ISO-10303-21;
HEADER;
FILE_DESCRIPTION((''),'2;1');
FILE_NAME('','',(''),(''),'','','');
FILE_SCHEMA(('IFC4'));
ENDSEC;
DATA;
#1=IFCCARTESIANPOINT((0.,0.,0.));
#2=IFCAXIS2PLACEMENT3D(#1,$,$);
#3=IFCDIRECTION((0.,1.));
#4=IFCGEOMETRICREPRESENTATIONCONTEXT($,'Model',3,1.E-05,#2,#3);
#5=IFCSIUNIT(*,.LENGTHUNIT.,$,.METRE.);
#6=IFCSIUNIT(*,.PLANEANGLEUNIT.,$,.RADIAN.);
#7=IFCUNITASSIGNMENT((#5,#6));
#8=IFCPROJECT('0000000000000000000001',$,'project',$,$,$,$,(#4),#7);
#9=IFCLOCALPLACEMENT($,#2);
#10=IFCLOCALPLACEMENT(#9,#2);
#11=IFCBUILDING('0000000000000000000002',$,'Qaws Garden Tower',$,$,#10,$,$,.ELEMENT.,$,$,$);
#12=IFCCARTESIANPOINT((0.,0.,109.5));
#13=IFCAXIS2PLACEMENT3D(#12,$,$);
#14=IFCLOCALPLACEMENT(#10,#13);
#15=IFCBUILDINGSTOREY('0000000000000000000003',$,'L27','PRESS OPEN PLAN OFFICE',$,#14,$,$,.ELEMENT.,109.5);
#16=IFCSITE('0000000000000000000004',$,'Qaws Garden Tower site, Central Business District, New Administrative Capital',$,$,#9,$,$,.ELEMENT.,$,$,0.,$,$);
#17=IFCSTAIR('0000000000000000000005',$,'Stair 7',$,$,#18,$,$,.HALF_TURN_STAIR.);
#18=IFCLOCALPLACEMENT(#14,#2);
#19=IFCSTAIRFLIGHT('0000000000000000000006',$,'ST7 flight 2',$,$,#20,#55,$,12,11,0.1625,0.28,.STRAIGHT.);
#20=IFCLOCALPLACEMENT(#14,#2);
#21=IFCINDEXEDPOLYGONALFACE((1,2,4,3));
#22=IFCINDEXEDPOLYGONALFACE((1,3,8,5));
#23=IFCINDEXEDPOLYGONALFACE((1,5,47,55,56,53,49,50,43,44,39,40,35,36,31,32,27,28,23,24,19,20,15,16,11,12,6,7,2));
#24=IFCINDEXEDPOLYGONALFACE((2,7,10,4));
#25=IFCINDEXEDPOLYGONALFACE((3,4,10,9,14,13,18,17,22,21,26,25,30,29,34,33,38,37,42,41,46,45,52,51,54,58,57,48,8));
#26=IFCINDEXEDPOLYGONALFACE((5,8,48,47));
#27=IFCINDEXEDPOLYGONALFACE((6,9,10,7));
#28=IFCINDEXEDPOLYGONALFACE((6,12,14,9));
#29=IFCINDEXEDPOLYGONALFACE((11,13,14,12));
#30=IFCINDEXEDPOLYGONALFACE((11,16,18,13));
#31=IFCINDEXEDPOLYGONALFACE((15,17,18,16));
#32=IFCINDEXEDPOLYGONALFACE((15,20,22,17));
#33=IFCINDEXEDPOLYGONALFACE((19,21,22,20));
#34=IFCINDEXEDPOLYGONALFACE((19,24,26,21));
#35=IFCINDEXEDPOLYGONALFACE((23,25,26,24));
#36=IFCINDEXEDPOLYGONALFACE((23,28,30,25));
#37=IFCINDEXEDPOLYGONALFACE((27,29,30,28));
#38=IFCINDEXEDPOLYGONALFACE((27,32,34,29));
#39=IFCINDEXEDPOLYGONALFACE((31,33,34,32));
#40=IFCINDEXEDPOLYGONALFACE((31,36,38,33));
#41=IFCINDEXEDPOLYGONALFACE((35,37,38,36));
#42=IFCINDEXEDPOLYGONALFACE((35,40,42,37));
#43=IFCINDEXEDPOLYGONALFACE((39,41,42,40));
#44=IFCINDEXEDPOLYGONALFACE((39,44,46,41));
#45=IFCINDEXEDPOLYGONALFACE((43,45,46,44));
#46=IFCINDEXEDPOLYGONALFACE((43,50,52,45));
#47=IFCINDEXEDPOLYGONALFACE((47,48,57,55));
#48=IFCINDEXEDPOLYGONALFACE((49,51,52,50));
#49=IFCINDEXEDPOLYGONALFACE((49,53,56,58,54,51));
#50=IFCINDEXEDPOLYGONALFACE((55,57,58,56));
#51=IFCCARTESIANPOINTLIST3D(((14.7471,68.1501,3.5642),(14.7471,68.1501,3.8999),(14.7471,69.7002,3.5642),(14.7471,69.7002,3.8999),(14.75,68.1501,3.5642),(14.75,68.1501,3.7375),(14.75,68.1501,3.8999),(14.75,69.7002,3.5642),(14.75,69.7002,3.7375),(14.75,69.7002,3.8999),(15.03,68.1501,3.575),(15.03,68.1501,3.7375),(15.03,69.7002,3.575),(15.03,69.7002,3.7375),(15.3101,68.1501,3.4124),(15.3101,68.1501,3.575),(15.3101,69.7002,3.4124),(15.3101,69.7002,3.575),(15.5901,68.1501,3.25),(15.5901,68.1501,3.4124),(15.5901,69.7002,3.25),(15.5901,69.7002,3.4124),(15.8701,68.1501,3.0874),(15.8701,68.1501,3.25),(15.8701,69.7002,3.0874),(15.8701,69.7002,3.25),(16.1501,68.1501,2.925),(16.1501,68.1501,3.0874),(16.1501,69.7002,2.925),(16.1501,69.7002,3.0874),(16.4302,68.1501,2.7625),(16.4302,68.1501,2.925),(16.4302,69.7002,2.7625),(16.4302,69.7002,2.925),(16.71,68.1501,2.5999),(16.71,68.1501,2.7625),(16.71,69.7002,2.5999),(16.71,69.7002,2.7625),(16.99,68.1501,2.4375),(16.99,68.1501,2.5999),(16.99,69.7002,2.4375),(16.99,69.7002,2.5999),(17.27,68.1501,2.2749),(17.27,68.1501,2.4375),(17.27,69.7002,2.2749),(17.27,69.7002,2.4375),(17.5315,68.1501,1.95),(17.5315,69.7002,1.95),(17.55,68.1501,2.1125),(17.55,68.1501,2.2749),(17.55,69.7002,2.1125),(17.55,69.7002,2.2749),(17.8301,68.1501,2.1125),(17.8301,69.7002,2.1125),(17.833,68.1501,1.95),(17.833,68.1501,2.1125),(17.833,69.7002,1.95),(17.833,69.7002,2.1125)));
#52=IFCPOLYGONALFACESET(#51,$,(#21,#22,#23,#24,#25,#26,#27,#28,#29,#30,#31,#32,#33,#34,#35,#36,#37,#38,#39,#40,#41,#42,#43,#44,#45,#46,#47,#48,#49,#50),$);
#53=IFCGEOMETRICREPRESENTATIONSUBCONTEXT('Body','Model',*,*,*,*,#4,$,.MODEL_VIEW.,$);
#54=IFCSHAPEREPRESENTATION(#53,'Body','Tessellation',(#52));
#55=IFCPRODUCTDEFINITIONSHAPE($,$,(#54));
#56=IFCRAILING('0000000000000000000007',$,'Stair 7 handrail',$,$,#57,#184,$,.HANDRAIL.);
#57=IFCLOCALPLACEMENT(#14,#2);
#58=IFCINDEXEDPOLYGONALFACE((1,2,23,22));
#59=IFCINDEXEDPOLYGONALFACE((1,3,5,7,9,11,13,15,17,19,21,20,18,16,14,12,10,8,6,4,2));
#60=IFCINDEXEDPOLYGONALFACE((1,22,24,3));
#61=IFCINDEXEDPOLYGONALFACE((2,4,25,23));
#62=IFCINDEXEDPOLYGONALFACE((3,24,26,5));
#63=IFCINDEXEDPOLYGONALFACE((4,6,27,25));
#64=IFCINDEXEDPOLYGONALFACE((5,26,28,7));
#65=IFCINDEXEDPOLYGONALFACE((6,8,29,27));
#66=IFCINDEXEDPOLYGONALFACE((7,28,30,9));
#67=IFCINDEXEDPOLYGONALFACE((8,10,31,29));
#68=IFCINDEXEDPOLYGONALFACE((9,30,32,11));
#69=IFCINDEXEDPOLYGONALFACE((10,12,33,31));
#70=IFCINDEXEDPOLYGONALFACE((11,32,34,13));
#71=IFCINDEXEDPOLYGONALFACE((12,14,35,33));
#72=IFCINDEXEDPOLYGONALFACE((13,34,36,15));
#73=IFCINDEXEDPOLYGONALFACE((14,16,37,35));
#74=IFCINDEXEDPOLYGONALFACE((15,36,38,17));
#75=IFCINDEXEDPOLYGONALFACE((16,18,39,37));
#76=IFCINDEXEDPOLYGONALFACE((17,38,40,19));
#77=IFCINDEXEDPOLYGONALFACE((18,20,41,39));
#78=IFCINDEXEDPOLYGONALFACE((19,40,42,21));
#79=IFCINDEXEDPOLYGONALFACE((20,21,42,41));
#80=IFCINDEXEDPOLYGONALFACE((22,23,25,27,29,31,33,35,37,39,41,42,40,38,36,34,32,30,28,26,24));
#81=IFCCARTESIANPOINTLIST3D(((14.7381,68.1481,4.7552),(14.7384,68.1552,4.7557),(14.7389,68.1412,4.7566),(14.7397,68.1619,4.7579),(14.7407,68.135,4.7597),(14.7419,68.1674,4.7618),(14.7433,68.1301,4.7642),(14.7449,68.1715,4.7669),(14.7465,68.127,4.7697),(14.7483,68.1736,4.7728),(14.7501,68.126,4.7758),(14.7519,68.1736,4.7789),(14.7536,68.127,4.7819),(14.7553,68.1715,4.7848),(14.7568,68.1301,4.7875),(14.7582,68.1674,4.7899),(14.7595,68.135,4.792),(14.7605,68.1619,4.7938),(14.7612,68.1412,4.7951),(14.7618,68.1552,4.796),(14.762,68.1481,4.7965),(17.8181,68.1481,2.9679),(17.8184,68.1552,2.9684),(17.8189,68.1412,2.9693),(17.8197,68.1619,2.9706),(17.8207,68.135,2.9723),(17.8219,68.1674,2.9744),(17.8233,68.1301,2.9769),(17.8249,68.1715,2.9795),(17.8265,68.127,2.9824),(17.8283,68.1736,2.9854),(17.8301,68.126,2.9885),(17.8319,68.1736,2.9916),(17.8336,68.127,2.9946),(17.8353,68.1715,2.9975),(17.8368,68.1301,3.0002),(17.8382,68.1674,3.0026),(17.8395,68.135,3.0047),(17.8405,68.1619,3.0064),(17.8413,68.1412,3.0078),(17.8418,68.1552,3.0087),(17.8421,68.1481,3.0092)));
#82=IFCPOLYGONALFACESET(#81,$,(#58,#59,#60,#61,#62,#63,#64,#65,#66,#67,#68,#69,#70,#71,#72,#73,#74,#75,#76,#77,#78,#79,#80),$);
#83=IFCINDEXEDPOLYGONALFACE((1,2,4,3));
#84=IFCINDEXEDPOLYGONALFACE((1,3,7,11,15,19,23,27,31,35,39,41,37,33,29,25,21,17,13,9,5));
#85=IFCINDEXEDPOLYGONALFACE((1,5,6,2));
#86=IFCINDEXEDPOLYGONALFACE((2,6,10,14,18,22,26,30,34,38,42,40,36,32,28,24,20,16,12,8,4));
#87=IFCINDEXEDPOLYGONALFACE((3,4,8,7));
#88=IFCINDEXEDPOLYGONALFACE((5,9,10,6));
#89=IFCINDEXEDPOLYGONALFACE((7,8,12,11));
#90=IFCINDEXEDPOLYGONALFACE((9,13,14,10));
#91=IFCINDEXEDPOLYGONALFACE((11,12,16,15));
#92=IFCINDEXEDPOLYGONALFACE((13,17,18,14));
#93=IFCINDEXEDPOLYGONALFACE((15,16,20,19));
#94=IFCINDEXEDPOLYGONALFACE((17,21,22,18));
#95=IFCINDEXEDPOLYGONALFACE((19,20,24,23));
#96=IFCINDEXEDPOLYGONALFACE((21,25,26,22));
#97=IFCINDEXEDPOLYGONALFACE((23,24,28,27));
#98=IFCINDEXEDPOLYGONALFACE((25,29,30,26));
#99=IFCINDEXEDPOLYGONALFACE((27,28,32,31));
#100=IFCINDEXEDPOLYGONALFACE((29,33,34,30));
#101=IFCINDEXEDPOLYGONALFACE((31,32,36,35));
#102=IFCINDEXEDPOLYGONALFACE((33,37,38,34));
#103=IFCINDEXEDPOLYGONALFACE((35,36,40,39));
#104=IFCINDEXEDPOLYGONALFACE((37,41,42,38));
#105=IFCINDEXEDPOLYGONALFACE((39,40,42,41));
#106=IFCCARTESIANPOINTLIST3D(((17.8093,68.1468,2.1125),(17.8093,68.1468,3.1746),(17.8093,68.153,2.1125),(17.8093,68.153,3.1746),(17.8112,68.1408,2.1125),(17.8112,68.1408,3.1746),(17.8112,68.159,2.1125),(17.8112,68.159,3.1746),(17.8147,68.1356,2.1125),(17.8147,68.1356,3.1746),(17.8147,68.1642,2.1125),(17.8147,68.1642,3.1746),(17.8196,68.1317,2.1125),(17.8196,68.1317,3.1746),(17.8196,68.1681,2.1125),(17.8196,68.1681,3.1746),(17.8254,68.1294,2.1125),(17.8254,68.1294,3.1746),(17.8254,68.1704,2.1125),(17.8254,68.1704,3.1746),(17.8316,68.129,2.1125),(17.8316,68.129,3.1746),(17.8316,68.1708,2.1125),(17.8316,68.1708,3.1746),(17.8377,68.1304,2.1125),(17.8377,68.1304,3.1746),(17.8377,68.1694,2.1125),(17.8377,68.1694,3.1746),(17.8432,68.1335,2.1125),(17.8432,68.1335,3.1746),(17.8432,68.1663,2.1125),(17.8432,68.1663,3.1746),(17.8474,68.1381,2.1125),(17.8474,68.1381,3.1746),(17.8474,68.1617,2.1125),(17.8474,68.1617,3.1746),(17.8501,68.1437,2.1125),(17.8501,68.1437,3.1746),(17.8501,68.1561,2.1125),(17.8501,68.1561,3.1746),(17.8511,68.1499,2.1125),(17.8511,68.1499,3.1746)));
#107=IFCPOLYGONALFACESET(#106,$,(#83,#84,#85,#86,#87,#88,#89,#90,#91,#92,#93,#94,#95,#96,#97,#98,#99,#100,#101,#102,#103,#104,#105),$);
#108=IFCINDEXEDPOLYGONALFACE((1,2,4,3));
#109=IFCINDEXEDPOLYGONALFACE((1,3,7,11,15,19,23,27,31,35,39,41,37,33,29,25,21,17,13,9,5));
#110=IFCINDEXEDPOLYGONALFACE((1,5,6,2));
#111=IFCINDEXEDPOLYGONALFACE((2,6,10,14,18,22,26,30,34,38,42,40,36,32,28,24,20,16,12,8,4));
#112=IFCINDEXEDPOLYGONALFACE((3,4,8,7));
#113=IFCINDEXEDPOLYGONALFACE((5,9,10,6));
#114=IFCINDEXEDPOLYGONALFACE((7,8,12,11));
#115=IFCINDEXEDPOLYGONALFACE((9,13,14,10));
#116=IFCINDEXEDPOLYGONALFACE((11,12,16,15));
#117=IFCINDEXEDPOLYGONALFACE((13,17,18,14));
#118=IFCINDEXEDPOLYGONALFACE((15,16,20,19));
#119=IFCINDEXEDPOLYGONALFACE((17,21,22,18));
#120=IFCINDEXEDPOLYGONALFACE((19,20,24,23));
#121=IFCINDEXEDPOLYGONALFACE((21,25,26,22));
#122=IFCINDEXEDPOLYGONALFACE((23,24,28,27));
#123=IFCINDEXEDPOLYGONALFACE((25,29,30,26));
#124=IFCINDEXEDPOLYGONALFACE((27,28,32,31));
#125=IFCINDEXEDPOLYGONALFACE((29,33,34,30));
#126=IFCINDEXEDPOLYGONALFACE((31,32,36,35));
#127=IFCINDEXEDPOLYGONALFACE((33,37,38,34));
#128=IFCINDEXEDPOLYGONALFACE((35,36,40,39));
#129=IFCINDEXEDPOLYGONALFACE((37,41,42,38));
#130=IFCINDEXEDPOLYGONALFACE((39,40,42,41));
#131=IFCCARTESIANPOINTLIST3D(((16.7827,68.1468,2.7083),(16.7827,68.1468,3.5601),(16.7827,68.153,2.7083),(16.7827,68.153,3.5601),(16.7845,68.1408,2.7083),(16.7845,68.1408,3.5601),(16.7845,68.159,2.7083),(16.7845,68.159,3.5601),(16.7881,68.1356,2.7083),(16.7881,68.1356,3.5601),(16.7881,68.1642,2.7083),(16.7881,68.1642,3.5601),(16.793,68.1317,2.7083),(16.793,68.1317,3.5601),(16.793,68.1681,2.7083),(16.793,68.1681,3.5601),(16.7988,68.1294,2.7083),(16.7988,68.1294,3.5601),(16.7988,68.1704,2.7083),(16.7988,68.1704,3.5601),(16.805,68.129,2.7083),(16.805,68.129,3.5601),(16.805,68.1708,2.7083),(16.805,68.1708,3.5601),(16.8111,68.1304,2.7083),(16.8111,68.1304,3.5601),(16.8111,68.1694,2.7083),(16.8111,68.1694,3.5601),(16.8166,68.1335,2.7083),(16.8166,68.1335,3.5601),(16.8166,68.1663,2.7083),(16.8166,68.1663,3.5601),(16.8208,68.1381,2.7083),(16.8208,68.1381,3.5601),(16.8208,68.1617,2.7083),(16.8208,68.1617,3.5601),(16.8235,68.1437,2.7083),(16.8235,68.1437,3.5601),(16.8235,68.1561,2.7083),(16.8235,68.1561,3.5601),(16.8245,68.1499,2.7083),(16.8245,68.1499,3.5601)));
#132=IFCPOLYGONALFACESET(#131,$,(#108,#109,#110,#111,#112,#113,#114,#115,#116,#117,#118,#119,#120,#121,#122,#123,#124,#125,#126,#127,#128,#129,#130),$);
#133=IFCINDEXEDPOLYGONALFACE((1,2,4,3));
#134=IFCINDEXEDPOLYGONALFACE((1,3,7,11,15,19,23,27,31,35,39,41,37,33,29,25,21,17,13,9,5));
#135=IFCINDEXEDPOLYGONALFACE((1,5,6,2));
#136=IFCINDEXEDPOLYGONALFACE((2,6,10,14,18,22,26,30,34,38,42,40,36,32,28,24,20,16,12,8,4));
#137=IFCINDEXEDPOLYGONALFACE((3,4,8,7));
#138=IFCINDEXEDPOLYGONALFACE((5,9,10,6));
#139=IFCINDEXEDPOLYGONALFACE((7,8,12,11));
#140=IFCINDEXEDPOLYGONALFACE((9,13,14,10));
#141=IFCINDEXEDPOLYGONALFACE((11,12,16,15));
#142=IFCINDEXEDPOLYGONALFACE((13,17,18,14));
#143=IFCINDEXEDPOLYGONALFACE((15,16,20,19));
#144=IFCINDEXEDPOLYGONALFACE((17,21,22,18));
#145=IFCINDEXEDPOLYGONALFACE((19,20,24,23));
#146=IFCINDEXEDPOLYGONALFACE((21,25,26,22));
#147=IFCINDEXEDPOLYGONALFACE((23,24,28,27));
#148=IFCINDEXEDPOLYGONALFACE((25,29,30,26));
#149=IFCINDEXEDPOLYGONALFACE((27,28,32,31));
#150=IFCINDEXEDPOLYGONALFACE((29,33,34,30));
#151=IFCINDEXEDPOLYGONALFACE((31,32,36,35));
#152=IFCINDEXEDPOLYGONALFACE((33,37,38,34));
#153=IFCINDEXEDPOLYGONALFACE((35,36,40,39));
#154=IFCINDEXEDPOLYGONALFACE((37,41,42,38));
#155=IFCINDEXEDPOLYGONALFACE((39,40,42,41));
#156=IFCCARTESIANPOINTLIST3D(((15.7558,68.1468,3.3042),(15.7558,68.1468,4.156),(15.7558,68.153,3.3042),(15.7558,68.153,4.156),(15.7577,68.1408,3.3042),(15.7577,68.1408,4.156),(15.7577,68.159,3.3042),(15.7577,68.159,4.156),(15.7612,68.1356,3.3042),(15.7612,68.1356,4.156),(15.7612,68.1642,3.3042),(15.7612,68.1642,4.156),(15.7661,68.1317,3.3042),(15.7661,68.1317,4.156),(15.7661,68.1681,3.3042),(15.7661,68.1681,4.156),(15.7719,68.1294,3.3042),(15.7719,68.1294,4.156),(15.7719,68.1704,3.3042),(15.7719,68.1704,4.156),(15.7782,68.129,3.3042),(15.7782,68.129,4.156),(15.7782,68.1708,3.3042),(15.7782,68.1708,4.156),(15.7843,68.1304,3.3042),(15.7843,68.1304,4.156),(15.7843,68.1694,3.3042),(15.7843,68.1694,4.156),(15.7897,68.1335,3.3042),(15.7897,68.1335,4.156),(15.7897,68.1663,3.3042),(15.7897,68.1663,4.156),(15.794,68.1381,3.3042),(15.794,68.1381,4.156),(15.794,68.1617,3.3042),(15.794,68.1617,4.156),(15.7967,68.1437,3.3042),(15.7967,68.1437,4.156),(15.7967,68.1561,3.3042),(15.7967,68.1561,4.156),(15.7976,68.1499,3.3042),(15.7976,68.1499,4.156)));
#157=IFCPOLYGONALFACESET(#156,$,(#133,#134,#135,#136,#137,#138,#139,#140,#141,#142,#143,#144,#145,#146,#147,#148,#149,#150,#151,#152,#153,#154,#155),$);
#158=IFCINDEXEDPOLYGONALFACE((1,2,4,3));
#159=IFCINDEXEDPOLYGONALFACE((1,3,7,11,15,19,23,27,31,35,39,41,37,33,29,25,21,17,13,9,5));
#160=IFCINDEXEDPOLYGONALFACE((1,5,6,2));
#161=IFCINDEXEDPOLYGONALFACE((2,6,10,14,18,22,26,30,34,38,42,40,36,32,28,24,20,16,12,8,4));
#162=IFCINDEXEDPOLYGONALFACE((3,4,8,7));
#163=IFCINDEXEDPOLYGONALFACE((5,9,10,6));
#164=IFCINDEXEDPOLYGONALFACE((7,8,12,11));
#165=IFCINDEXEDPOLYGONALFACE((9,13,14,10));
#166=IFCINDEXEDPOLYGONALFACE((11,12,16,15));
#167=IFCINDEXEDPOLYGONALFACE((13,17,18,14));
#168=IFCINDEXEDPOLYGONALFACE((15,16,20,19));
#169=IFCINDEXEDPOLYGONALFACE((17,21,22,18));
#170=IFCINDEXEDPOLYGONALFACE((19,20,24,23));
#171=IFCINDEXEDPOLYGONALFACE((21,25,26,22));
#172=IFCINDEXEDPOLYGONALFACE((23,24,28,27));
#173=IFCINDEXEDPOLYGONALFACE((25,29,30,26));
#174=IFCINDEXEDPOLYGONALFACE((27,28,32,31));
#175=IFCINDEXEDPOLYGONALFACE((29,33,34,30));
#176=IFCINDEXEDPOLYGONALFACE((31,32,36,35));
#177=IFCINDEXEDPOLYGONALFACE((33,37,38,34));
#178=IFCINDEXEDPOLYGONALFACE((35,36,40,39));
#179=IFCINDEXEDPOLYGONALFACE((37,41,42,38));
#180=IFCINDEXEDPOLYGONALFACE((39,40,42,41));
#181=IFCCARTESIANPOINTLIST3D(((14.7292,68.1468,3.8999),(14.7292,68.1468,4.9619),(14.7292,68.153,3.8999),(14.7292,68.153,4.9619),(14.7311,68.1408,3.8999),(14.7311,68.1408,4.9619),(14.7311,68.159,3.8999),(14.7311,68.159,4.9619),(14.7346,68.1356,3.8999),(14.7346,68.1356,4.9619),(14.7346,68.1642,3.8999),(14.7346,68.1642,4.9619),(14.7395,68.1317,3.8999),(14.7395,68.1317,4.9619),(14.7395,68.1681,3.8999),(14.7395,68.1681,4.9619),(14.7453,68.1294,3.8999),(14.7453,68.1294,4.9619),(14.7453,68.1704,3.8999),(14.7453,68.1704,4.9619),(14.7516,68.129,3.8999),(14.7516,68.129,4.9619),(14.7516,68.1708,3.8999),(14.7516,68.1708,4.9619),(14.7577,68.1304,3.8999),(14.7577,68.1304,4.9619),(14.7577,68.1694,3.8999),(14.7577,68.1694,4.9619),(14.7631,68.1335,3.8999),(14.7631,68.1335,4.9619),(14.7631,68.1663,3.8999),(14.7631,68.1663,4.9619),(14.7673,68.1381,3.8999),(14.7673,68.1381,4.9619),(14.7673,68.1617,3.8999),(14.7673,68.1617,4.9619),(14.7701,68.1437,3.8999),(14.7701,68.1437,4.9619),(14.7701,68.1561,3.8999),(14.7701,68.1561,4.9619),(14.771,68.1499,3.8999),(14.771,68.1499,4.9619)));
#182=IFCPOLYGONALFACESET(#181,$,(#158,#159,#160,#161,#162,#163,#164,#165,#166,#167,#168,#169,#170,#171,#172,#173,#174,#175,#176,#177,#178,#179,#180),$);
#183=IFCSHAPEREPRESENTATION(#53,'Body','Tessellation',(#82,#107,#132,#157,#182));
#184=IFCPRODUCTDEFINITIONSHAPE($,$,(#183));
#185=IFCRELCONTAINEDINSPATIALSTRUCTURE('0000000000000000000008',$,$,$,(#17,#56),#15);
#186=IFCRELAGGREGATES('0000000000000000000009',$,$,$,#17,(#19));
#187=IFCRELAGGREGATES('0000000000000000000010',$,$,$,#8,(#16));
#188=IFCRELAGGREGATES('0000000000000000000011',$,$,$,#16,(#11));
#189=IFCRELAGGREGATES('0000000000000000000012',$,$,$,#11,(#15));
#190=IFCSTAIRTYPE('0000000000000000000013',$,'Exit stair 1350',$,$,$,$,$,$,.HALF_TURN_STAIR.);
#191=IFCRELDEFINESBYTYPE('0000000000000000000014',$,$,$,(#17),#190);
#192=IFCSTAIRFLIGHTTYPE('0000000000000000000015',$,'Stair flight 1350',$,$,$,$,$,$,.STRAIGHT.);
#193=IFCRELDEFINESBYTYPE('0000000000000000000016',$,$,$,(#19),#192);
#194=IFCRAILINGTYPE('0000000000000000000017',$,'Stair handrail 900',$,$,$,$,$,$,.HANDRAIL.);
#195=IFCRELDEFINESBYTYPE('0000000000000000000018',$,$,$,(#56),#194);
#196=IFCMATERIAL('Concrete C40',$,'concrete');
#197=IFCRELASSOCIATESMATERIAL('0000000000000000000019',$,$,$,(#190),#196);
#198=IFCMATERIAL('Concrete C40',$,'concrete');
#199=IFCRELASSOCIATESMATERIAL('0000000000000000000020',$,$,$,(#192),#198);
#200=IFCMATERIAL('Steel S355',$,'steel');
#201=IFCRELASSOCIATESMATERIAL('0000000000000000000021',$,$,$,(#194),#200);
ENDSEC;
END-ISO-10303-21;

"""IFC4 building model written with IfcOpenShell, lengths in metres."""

from ifc_helpers import new_model, si_unit, direction, frame, origin, origin_2d, place, context, subcontext, project, spatial, polyline, circle, outline, extrude, material, type_object, element, aggregate, save


model = new_model("IFC4")

# Units and contexts
model_context = context("Model", 3, precision=1e-05, world=origin(), true_north=direction((0.0, 1.0)))
body_context = subcontext(model_context, "Body", "Model", "MODEL_VIEW")
ifc_project = project(units=[si_unit("LENGTHUNIT", "METRE"), si_unit("PLANEANGLEUNIT", "RADIAN")], contexts=[model_context])

# Site, building, storey
site_placement = place(None, origin())
site = spatial("IfcSite", under=ifc_project, at=site_placement, Name="Qaws Garden Tower site, Central Business District, New Administrative Capital", CompositionType="ELEMENT", RefElevation=0.0)
building_placement = place(site_placement, origin())
building = spatial("IfcBuilding", under=site, at=building_placement, Name="Qaws Garden Tower", CompositionType="ELEMENT")
storey_placement = place(building_placement, frame((0.0, 0.0, 109.5)))
storey = spatial("IfcBuildingStorey", under=building, at=storey_placement, Name="L27", Description="PRESS OPEN PLAN OFFICE", CompositionType="ELEMENT", Elevation=109.5)

# Stair, stair flight
ifc_material_1 = material(Name="Concrete C40", Category="concrete")
stair_type = type_object("IfcStairType", Name="Exit stair 1350", PredefinedType="HALF_TURN_STAIR", material=ifc_material_1)
stair_placement = place(storey_placement, origin())
stair = element("IfcStair", 1, at=stair_placement, inside=storey, type_object=stair_type, Name="Stair 7", PredefinedType="HALF_TURN_STAIR")
ifc_material_2 = material(Name="Concrete C40", Category="concrete")
stair_flight_type = type_object("IfcStairFlightType", Name="Stair flight 1350", PredefinedType="STRAIGHT", material=ifc_material_2)
stair_flight_placement = place(storey_placement, frame((17.8301, 68.925, 1.95), z_axis=(0.0, 0.0, 1.0), x_axis=(-1.0, 0.0, 0.0)))
stair_flight = element("IfcStairFlight", 2, at=stair_flight_placement, type_object=stair_flight_type, Name="ST7 flight 2", NumberOfRisers=12, NumberOfTreads=11, PredefinedType="STRAIGHT", RiserHeight=0.1625, TreadLength=0.28, context=body_context, shape_type="SweptSolid", body=[
    extrude(outline(polyline([(-0.0029, 0.0), (-0.0029, 0.1626), (0.0, 0.1626), (0.28, 0.1626), (0.28, 0.325), (0.5601, 0.325), (0.5601, 0.4875), (0.8401, 0.4875), (0.8401, 0.6499), (1.1201, 0.6499), (1.1201, 0.8125), (1.3999, 0.8125), (1.3999, 0.9751), (1.6799, 0.9751), (1.6799, 1.1375), (1.96, 1.1375), (1.96, 1.3), (2.24, 1.3), (2.24, 1.4624), (2.52, 1.4624), (2.52, 1.625), (2.8, 1.625), (2.8, 1.7876), (3.0801, 1.7876), (3.0801, 1.95), (3.083, 1.95), (3.083, 1.6143), (3.0801, 1.6143), (0.2986, 0.0), (-0.0029, 0.0)])), frame((0.0, 0.7749, 0.0), z_axis=(0.0, -1.0, 0.0), x_axis=(1.0, 0.0, 0.0)), (0.0, 0.0, 1.0), 1.55),
])
aggregate(stair, [stair_flight])

# Railing
ifc_material_3 = material(Name="Steel S355", Category="steel")
railing_type = type_object("IfcRailingType", Name="Stair handrail 900", PredefinedType="HANDRAIL", material=ifc_material_3)
railing_placement = place(storey_placement, frame((17.8301, 68.1499, 2.1125)))
element("IfcRailing", 3, at=railing_placement, inside=storey, type_object=railing_type, Name="Stair 7 handrail", PredefinedType="HANDRAIL", context=body_context, shape_type="SweptSolid", body=[
    extrude(circle(Radius=0.0239, at=origin_2d()), frame((0.0, 0.0, 0.876), z_axis=(-0.86492, 0.0, 0.501909), x_axis=(0.0, -1.0, 0.0)), (0.0, 0.0, 1.0), 3.561),
    extrude(circle(Radius=0.021, at=origin_2d()), origin(), (0.0, 0.0, 1.0), 1.062),
    extrude(circle(Radius=0.021, at=origin_2d()), frame((-1.0266, 0.0, 0.5957)), (0.0, 0.0, 1.0), 0.8518),
    extrude(circle(Radius=0.021, at=origin_2d()), frame((-2.0535, 0.0, 1.1917)), (0.0, 0.0, 1.0), 0.8518),
    extrude(circle(Radius=0.021, at=origin_2d()), frame((-3.0801, 0.0, 1.7874)), (0.0, 0.0, 1.0), 1.062),
])

save(model, "model.ifc")
